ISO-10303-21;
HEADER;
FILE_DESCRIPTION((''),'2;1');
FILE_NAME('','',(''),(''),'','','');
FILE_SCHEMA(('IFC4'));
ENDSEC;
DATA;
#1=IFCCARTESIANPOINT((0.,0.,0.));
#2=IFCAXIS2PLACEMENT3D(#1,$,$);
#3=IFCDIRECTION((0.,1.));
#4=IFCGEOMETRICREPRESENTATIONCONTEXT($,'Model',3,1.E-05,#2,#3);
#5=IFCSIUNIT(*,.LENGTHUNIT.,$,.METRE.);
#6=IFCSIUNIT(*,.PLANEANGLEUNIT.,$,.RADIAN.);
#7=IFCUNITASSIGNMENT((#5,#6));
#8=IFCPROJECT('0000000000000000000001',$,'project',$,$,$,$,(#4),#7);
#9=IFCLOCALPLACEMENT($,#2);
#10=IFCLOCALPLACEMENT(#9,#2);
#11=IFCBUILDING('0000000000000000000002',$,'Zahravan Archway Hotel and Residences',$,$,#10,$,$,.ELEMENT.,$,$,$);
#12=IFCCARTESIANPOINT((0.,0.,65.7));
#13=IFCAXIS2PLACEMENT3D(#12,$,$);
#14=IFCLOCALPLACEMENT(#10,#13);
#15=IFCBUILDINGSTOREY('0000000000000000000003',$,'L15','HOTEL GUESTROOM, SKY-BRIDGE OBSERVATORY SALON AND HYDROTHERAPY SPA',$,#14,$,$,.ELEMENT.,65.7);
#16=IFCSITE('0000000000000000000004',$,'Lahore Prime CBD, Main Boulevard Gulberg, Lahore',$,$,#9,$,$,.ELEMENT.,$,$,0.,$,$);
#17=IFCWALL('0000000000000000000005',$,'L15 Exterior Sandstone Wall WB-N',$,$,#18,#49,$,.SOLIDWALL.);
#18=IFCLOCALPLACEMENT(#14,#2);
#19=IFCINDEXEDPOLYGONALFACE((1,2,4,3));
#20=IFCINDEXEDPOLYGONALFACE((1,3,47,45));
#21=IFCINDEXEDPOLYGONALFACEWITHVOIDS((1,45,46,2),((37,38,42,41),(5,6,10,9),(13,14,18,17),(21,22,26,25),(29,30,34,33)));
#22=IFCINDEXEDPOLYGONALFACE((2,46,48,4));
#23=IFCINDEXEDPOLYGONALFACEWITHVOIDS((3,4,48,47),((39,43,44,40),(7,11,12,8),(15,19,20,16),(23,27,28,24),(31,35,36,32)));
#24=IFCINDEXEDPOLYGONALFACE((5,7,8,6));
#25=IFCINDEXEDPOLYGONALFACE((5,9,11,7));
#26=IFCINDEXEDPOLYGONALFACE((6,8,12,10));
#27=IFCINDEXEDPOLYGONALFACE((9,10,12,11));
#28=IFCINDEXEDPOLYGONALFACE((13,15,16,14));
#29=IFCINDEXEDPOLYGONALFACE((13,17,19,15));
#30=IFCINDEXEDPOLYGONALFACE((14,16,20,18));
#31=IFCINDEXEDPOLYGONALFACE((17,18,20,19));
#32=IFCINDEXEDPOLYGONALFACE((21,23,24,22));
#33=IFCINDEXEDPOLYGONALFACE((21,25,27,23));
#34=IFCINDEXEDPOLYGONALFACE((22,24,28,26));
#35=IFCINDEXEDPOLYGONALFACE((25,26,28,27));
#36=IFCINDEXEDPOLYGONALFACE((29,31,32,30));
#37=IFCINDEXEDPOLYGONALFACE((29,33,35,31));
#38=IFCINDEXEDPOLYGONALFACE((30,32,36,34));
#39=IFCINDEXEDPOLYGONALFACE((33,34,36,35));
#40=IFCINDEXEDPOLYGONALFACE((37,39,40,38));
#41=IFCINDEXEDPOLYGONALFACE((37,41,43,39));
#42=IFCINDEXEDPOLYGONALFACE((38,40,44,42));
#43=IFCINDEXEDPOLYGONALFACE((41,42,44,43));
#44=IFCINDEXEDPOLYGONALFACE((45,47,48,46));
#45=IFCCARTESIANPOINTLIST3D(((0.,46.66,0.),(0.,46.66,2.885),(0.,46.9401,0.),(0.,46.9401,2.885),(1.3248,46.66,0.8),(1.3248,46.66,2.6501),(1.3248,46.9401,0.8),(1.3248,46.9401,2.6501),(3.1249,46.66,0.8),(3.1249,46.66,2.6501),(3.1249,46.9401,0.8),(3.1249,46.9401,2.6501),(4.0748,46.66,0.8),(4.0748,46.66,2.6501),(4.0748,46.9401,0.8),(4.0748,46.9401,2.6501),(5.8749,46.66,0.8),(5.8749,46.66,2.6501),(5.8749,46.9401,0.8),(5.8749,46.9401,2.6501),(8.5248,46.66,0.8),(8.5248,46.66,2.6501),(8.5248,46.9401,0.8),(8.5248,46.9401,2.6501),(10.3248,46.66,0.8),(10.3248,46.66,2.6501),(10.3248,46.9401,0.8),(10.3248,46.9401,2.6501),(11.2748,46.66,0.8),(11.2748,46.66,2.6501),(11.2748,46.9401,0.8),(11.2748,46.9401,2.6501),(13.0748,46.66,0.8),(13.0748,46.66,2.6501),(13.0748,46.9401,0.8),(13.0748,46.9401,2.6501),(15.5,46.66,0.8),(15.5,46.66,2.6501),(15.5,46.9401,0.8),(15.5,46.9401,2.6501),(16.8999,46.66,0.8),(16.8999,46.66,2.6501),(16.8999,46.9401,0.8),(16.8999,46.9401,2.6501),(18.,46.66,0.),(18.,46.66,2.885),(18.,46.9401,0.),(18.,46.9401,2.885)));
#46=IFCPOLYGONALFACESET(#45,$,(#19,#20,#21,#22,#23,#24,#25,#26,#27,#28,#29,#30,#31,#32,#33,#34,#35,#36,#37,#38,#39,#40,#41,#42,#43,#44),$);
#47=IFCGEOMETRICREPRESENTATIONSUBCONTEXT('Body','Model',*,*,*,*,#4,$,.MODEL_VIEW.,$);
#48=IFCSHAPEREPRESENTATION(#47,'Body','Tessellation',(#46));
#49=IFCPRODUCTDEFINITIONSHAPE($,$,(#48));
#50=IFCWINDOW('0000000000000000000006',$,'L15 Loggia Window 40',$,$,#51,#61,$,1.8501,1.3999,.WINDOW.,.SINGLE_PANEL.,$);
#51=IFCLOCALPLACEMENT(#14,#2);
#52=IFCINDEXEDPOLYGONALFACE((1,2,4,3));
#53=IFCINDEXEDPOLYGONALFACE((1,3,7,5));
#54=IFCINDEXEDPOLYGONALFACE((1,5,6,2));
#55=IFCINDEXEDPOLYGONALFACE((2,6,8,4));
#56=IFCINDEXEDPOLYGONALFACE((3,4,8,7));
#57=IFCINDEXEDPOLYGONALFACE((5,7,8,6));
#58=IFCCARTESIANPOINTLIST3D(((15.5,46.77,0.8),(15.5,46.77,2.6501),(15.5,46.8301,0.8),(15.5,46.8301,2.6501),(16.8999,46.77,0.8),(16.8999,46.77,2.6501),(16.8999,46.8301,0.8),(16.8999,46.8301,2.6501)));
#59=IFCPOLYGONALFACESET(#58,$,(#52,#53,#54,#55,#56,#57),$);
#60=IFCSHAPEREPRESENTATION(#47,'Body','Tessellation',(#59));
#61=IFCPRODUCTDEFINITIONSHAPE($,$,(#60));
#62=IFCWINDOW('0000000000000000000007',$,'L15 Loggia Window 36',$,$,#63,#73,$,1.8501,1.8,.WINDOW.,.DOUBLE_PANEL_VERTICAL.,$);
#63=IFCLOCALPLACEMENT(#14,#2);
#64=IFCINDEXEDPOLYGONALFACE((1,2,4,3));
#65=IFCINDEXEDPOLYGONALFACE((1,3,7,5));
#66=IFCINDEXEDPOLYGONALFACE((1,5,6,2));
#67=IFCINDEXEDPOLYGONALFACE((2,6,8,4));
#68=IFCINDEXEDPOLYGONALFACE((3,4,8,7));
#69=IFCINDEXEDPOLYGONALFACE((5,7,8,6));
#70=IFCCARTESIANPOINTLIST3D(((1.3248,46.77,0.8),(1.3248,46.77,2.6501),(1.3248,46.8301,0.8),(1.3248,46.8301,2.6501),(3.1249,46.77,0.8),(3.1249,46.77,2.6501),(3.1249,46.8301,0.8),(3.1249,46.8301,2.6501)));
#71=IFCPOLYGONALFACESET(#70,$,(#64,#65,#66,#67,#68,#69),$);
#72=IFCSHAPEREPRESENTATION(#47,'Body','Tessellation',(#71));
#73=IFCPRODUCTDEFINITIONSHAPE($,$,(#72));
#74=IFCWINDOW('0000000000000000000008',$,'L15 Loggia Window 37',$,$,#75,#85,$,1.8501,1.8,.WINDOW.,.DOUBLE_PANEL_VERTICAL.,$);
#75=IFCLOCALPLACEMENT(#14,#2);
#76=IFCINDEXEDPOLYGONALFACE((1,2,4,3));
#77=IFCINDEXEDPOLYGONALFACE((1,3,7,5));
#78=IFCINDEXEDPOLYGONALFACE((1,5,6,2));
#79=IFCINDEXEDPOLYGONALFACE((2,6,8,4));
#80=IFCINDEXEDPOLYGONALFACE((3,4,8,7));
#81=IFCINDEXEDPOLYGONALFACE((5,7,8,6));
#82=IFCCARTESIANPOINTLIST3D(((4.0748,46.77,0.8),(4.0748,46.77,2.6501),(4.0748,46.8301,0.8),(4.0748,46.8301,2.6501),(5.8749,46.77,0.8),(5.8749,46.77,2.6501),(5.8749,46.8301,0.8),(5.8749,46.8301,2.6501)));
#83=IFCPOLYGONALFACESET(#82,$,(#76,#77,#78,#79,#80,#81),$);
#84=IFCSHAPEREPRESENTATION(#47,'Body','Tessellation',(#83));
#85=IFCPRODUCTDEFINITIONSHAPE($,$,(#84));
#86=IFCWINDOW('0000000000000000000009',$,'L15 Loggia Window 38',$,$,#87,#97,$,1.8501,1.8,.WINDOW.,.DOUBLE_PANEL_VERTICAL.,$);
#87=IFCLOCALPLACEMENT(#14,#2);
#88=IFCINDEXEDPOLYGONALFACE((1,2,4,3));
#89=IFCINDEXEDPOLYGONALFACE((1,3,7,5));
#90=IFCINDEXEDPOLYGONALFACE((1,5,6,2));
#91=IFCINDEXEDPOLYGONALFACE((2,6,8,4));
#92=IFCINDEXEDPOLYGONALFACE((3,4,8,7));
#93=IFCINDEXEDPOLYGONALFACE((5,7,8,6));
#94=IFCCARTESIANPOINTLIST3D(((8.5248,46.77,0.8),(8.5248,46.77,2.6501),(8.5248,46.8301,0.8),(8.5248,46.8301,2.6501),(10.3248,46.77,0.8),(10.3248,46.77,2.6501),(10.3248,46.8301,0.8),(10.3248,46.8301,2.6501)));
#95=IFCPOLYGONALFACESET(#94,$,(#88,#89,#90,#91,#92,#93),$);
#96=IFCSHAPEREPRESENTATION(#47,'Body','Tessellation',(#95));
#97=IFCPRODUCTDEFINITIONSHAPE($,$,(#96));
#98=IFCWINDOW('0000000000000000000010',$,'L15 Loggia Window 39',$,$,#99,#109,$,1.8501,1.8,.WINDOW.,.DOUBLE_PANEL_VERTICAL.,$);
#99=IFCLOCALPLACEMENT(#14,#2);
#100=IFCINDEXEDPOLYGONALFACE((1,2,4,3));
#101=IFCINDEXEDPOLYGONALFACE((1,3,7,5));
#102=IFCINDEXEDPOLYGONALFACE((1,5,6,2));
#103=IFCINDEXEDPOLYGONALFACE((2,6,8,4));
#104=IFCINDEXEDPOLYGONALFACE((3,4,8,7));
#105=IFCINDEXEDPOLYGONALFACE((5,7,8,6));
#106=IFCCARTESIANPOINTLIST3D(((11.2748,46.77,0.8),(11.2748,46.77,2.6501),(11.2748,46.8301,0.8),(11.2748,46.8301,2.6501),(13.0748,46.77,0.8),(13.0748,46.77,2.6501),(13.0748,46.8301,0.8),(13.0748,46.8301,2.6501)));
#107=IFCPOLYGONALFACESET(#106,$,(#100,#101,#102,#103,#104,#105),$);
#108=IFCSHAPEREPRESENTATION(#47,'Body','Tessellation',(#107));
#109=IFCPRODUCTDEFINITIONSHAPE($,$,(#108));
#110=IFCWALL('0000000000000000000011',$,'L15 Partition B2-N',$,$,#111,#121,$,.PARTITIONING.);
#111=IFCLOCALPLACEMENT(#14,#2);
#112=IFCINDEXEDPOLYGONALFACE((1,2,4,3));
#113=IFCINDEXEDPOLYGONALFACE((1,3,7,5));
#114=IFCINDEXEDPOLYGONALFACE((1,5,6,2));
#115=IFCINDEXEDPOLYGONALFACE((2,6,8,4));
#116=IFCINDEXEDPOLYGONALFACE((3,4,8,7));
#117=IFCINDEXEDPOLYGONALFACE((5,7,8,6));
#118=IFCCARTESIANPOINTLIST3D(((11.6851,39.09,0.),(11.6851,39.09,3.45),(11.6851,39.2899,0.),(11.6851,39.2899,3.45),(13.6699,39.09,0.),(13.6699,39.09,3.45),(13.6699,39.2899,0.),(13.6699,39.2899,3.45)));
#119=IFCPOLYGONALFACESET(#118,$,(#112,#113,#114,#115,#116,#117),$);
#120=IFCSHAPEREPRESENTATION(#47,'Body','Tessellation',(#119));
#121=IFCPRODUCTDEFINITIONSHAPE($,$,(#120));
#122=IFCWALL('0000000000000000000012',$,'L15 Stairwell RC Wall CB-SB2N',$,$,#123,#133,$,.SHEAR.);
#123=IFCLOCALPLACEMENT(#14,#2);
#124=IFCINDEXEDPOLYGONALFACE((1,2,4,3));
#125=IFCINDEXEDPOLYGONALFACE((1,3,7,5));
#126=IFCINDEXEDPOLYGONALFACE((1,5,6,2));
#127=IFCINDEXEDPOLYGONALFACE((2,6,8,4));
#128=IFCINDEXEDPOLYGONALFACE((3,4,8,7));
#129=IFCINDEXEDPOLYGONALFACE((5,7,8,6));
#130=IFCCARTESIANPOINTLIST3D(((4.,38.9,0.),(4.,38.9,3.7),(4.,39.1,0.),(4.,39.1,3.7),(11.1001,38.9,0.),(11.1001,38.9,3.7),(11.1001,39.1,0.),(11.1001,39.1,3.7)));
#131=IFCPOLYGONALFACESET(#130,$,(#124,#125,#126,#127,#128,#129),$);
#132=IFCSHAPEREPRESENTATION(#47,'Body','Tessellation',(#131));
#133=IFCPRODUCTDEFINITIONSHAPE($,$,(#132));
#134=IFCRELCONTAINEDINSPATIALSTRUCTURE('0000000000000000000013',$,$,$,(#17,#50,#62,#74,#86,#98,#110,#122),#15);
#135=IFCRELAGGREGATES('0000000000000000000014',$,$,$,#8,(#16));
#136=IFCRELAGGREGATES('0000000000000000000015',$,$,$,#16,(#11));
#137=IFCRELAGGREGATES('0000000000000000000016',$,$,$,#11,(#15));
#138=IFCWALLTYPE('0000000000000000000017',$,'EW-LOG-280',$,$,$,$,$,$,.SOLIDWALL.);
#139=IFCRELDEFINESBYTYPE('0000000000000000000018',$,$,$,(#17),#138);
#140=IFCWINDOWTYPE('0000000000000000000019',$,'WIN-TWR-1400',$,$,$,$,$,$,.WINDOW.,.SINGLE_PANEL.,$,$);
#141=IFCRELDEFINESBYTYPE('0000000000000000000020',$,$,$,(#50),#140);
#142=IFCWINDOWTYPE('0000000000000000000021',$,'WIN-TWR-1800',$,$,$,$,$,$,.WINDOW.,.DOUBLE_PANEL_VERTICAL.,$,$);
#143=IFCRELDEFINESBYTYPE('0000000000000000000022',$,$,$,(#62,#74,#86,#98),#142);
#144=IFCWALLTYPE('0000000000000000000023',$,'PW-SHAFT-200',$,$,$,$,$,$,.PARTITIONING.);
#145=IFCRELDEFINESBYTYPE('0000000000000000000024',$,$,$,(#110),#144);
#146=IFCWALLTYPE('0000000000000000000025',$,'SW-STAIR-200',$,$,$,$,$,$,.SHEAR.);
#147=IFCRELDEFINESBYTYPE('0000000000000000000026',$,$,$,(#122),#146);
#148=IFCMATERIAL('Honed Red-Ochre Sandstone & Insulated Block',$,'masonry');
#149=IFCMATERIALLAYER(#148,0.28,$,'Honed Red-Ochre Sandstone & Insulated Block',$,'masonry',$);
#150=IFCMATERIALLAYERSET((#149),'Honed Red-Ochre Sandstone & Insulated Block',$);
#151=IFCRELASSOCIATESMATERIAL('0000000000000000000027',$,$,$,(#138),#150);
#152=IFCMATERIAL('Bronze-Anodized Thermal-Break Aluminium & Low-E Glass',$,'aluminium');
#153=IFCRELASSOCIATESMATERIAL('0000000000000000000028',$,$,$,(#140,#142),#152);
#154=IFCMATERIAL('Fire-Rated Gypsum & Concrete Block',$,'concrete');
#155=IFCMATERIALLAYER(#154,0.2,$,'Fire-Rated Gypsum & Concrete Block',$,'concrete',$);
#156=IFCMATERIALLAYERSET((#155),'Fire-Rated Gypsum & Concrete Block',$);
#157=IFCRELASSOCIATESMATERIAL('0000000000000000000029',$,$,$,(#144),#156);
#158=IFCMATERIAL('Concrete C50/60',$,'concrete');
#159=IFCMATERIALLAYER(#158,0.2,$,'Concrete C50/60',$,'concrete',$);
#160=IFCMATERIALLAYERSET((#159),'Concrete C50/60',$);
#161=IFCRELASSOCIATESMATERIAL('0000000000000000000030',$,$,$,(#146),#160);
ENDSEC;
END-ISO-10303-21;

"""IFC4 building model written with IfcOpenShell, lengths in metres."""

from ifc_helpers import new_model, si_unit, direction, frame, frame_2d, origin, place, context, subcontext, project, spatial, rectangle, extrude, source, transform, mapped, material, layer, layer_set, type_object, type_shapes, element, fill, save


model = new_model("IFC4")

# Units and contexts
model_context = context("Model", 3, precision=1e-05, world=origin(), true_north=direction((0.0, 1.0)))
body_context = subcontext(model_context, "Body", "Model", "MODEL_VIEW")
ifc_project = project(units=[si_unit("LENGTHUNIT", "METRE"), si_unit("PLANEANGLEUNIT", "RADIAN")], contexts=[model_context])

# Site, building, storey
site_placement = place(None, origin())
site = spatial("IfcSite", under=ifc_project, at=site_placement, Name="Lahore Prime CBD, Main Boulevard Gulberg, Lahore", CompositionType="ELEMENT", RefElevation=0.0)
building_placement = place(site_placement, origin())
building = spatial("IfcBuilding", under=site, at=building_placement, Name="Zahravan Archway Hotel and Residences", CompositionType="ELEMENT")
storey_placement = place(building_placement, frame((0.0, 0.0, 65.7)))
storey = spatial("IfcBuildingStorey", under=building, at=storey_placement, Name="L15", Description="HOTEL GUESTROOM, SKY-BRIDGE OBSERVATORY SALON AND HYDROTHERAPY SPA", CompositionType="ELEMENT", Elevation=65.7)

# Wall, openings, windows
ifc_material_1 = material(Name="Honed Red-Ochre Sandstone & Insulated Block", Category="masonry")
ifc_layer_1 = layer(ifc_material_1, 0.28, Name="Honed Red-Ochre Sandstone & Insulated Block", Category="masonry")
ifc_layer_set_1 = layer_set([ifc_layer_1], Name="Honed Red-Ochre Sandstone & Insulated Block")
wall_type_1 = type_object("IfcWallType", Name="EW-LOG-280", PredefinedType="SOLIDWALL", material=ifc_layer_set_1)
wall_1_placement = place(storey_placement, frame((0.0, 46.8, 0.0), z_axis=(0.0, 0.0, 1.0), x_axis=(1.0, 0.0, 0.0)))
wall_1 = element("IfcWall", 1, at=wall_1_placement, inside=storey, type_object=wall_type_1, Name="L15 Exterior Sandstone Wall WB-N", PredefinedType="SOLIDWALL", context=body_context, shape_type="SweptSolid", body=[
    extrude(rectangle(XDim=18.0, YDim=0.28, at=frame_2d((9.0, 0.0))), origin(), (0.0, 0.0, 1.0), 2.885),
])
opening_1_placement = place(wall_1_placement, frame((1.325, 0.0, 0.8)))
opening_1 = element("IfcOpeningElement", 2, at=opening_1_placement, cuts=wall_1, PredefinedType="OPENING", context=body_context, shape_type="SweptSolid", body=[
    extrude(rectangle(XDim=1.8, YDim=1.8501, at=frame_2d((0.8999, 0.925))), frame((0.0, 0.1499, 0.0), z_axis=(0.0, -1.0, 0.0), x_axis=(1.0, 0.0, 0.0)), (0.0, 0.0, 1.0), 0.3),
])
opening_2_placement = place(wall_1_placement, frame((4.075, 0.0, 0.8)))
opening_2 = element("IfcOpeningElement", 3, at=opening_2_placement, cuts=wall_1, PredefinedType="OPENING", context=body_context, shape_type="SweptSolid", body=[
    extrude(rectangle(XDim=1.8, YDim=1.8501, at=frame_2d((0.8999, 0.925))), frame((0.0, 0.1499, 0.0), z_axis=(0.0, -1.0, 0.0), x_axis=(1.0, 0.0, 0.0)), (0.0, 0.0, 1.0), 0.3),
])
opening_3_placement = place(wall_1_placement, frame((8.5249, 0.0, 0.8)))
opening_3 = element("IfcOpeningElement", 4, at=opening_3_placement, cuts=wall_1, PredefinedType="OPENING", context=body_context, shape_type="SweptSolid", body=[
    extrude(rectangle(XDim=1.8, YDim=1.8501, at=frame_2d((0.8999, 0.925))), frame((0.0, 0.1499, 0.0), z_axis=(0.0, -1.0, 0.0), x_axis=(1.0, 0.0, 0.0)), (0.0, 0.0, 1.0), 0.3),
])
opening_4_placement = place(wall_1_placement, frame((11.2749, 0.0, 0.8)))
opening_4 = element("IfcOpeningElement", 5, at=opening_4_placement, cuts=wall_1, PredefinedType="OPENING", context=body_context, shape_type="SweptSolid", body=[
    extrude(rectangle(XDim=1.8, YDim=1.8501, at=frame_2d((0.8999, 0.925))), frame((0.0, 0.1499, 0.0), z_axis=(0.0, -1.0, 0.0), x_axis=(1.0, 0.0, 0.0)), (0.0, 0.0, 1.0), 0.3),
])
opening_5_placement = place(wall_1_placement, frame((15.5, 0.0, 0.8)))
opening_5 = element("IfcOpeningElement", 6, at=opening_5_placement, cuts=wall_1, PredefinedType="OPENING", context=body_context, shape_type="SweptSolid", body=[
    extrude(rectangle(XDim=1.3999, YDim=1.8501, at=frame_2d((0.7, 0.925))), frame((0.0, 0.1499, 0.0), z_axis=(0.0, -1.0, 0.0), x_axis=(1.0, 0.0, 0.0)), (0.0, 0.0, 1.0), 0.3),
])
ifc_material_2 = material(Name="Bronze-Anodized Thermal-Break Aluminium & Low-E Glass", Category="aluminium")
window_type_1 = type_object("IfcWindowType", Name="WIN-TWR-1400", PartitioningType="SINGLE_PANEL", PredefinedType="WINDOW", material=ifc_material_2)
shared_shape_1 = source(origin(), body_context, "Body", "SweptSolid", [
    extrude(rectangle(XDim=1.3999, YDim=1.8501, at=frame_2d((0.7, 0.925))), frame((0.0, 0.03, 0.0), z_axis=(0.0, -1.0, 0.0), x_axis=(1.0, 0.0, 0.0)), (0.0, 0.0, 1.0), 0.0601),
])
type_shapes(window_type_1, [shared_shape_1])
window_1_placement = place(opening_5_placement, origin())
window_1 = element("IfcWindow", 7, at=window_1_placement, inside=storey, type_object=window_type_1, Name="L15 Loggia Window 40", OverallHeight=1.8501, OverallWidth=1.3999, PartitioningType="SINGLE_PANEL", PredefinedType="WINDOW", context=body_context, shape_type="MappedRepresentation", body=[
    mapped(shared_shape_1, transform((0.0, 0.0, 0.0), scale=1.0)),
])
fill(opening_5, window_1)
window_type_2 = type_object("IfcWindowType", Name="WIN-TWR-1800", PartitioningType="DOUBLE_PANEL_VERTICAL", PredefinedType="WINDOW", material=ifc_material_2)
shared_shape_2 = source(origin(), body_context, "Body", "SweptSolid", [
    extrude(rectangle(XDim=1.8, YDim=1.8501, at=frame_2d((0.8999, 0.925))), frame((0.0, 0.03, 0.0), z_axis=(0.0, -1.0, 0.0), x_axis=(1.0, 0.0, 0.0)), (0.0, 0.0, 1.0), 0.0601),
])
type_shapes(window_type_2, [shared_shape_2])
window_2_placement = place(opening_1_placement, origin())
window_2 = element("IfcWindow", 8, at=window_2_placement, inside=storey, type_object=window_type_2, Name="L15 Loggia Window 36", OverallHeight=1.8501, OverallWidth=1.8, PartitioningType="DOUBLE_PANEL_VERTICAL", PredefinedType="WINDOW", context=body_context, shape_type="MappedRepresentation", body=[
    mapped(shared_shape_2, transform((0.0, 0.0, 0.0), scale=1.0)),
])
fill(opening_1, window_2)
window_3_placement = place(opening_2_placement, origin())
window_3 = element("IfcWindow", 9, at=window_3_placement, inside=storey, type_object=window_type_2, Name="L15 Loggia Window 37", OverallHeight=1.8501, OverallWidth=1.8, PartitioningType="DOUBLE_PANEL_VERTICAL", PredefinedType="WINDOW", context=body_context, shape_type="MappedRepresentation", body=[
    mapped(shared_shape_2, transform((0.0, 0.0, 0.0), scale=1.0)),
])
fill(opening_2, window_3)
window_4_placement = place(opening_3_placement, origin())
window_4 = element("IfcWindow", 10, at=window_4_placement, inside=storey, type_object=window_type_2, Name="L15 Loggia Window 38", OverallHeight=1.8501, OverallWidth=1.8, PartitioningType="DOUBLE_PANEL_VERTICAL", PredefinedType="WINDOW", context=body_context, shape_type="MappedRepresentation", body=[
    mapped(shared_shape_2, transform((0.0, 0.0, 0.0), scale=1.0)),
])
fill(opening_3, window_4)
window_5_placement = place(opening_4_placement, origin())
window_5 = element("IfcWindow", 11, at=window_5_placement, inside=storey, type_object=window_type_2, Name="L15 Loggia Window 39", OverallHeight=1.8501, OverallWidth=1.8, PartitioningType="DOUBLE_PANEL_VERTICAL", PredefinedType="WINDOW", context=body_context, shape_type="MappedRepresentation", body=[
    mapped(shared_shape_2, transform((0.0, 0.0, 0.0), scale=1.0)),
])
fill(opening_4, window_5)

# Wall
ifc_material_3 = material(Name="Fire-Rated Gypsum & Concrete Block", Category="concrete")
ifc_layer_2 = layer(ifc_material_3, 0.2, Name="Fire-Rated Gypsum & Concrete Block", Category="concrete")
ifc_layer_set_2 = layer_set([ifc_layer_2], Name="Fire-Rated Gypsum & Concrete Block")
wall_type_2 = type_object("IfcWallType", Name="PW-SHAFT-200", PredefinedType="PARTITIONING", material=ifc_layer_set_2)
wall_2_placement = place(storey_placement, frame((11.6851, 39.1899, 0.0), z_axis=(0.0, 0.0, 1.0), x_axis=(1.0, 0.0, 0.0)))
element("IfcWall", 12, at=wall_2_placement, inside=storey, type_object=wall_type_2, Name="L15 Partition B2-N", PredefinedType="PARTITIONING", context=body_context, shape_type="SweptSolid", body=[
    extrude(rectangle(XDim=1.9849, YDim=0.2, at=frame_2d((0.9924, 0.0))), origin(), (0.0, 0.0, 1.0), 3.45),
])

# Wall
ifc_material_4 = material(Name="Concrete C50/60", Category="concrete")
ifc_layer_3 = layer(ifc_material_4, 0.2, Name="Concrete C50/60", Category="concrete")
ifc_layer_set_3 = layer_set([ifc_layer_3], Name="Concrete C50/60")
wall_type_3 = type_object("IfcWallType", Name="SW-STAIR-200", PredefinedType="SHEAR", material=ifc_layer_set_3)
wall_3_placement = place(storey_placement, frame((4.0, 39.0, 0.0), z_axis=(0.0, 0.0, 1.0), x_axis=(1.0, 0.0, 0.0)))
element("IfcWall", 13, at=wall_3_placement, inside=storey, type_object=wall_type_3, Name="L15 Stairwell RC Wall CB-SB2N", PredefinedType="SHEAR", context=body_context, shape_type="SweptSolid", body=[
    extrude(rectangle(XDim=7.1001, YDim=0.2, at=frame_2d((3.55, 0.0))), origin(), (0.0, 0.0, 1.0), 3.7),
])

save(model, "model.ifc")
